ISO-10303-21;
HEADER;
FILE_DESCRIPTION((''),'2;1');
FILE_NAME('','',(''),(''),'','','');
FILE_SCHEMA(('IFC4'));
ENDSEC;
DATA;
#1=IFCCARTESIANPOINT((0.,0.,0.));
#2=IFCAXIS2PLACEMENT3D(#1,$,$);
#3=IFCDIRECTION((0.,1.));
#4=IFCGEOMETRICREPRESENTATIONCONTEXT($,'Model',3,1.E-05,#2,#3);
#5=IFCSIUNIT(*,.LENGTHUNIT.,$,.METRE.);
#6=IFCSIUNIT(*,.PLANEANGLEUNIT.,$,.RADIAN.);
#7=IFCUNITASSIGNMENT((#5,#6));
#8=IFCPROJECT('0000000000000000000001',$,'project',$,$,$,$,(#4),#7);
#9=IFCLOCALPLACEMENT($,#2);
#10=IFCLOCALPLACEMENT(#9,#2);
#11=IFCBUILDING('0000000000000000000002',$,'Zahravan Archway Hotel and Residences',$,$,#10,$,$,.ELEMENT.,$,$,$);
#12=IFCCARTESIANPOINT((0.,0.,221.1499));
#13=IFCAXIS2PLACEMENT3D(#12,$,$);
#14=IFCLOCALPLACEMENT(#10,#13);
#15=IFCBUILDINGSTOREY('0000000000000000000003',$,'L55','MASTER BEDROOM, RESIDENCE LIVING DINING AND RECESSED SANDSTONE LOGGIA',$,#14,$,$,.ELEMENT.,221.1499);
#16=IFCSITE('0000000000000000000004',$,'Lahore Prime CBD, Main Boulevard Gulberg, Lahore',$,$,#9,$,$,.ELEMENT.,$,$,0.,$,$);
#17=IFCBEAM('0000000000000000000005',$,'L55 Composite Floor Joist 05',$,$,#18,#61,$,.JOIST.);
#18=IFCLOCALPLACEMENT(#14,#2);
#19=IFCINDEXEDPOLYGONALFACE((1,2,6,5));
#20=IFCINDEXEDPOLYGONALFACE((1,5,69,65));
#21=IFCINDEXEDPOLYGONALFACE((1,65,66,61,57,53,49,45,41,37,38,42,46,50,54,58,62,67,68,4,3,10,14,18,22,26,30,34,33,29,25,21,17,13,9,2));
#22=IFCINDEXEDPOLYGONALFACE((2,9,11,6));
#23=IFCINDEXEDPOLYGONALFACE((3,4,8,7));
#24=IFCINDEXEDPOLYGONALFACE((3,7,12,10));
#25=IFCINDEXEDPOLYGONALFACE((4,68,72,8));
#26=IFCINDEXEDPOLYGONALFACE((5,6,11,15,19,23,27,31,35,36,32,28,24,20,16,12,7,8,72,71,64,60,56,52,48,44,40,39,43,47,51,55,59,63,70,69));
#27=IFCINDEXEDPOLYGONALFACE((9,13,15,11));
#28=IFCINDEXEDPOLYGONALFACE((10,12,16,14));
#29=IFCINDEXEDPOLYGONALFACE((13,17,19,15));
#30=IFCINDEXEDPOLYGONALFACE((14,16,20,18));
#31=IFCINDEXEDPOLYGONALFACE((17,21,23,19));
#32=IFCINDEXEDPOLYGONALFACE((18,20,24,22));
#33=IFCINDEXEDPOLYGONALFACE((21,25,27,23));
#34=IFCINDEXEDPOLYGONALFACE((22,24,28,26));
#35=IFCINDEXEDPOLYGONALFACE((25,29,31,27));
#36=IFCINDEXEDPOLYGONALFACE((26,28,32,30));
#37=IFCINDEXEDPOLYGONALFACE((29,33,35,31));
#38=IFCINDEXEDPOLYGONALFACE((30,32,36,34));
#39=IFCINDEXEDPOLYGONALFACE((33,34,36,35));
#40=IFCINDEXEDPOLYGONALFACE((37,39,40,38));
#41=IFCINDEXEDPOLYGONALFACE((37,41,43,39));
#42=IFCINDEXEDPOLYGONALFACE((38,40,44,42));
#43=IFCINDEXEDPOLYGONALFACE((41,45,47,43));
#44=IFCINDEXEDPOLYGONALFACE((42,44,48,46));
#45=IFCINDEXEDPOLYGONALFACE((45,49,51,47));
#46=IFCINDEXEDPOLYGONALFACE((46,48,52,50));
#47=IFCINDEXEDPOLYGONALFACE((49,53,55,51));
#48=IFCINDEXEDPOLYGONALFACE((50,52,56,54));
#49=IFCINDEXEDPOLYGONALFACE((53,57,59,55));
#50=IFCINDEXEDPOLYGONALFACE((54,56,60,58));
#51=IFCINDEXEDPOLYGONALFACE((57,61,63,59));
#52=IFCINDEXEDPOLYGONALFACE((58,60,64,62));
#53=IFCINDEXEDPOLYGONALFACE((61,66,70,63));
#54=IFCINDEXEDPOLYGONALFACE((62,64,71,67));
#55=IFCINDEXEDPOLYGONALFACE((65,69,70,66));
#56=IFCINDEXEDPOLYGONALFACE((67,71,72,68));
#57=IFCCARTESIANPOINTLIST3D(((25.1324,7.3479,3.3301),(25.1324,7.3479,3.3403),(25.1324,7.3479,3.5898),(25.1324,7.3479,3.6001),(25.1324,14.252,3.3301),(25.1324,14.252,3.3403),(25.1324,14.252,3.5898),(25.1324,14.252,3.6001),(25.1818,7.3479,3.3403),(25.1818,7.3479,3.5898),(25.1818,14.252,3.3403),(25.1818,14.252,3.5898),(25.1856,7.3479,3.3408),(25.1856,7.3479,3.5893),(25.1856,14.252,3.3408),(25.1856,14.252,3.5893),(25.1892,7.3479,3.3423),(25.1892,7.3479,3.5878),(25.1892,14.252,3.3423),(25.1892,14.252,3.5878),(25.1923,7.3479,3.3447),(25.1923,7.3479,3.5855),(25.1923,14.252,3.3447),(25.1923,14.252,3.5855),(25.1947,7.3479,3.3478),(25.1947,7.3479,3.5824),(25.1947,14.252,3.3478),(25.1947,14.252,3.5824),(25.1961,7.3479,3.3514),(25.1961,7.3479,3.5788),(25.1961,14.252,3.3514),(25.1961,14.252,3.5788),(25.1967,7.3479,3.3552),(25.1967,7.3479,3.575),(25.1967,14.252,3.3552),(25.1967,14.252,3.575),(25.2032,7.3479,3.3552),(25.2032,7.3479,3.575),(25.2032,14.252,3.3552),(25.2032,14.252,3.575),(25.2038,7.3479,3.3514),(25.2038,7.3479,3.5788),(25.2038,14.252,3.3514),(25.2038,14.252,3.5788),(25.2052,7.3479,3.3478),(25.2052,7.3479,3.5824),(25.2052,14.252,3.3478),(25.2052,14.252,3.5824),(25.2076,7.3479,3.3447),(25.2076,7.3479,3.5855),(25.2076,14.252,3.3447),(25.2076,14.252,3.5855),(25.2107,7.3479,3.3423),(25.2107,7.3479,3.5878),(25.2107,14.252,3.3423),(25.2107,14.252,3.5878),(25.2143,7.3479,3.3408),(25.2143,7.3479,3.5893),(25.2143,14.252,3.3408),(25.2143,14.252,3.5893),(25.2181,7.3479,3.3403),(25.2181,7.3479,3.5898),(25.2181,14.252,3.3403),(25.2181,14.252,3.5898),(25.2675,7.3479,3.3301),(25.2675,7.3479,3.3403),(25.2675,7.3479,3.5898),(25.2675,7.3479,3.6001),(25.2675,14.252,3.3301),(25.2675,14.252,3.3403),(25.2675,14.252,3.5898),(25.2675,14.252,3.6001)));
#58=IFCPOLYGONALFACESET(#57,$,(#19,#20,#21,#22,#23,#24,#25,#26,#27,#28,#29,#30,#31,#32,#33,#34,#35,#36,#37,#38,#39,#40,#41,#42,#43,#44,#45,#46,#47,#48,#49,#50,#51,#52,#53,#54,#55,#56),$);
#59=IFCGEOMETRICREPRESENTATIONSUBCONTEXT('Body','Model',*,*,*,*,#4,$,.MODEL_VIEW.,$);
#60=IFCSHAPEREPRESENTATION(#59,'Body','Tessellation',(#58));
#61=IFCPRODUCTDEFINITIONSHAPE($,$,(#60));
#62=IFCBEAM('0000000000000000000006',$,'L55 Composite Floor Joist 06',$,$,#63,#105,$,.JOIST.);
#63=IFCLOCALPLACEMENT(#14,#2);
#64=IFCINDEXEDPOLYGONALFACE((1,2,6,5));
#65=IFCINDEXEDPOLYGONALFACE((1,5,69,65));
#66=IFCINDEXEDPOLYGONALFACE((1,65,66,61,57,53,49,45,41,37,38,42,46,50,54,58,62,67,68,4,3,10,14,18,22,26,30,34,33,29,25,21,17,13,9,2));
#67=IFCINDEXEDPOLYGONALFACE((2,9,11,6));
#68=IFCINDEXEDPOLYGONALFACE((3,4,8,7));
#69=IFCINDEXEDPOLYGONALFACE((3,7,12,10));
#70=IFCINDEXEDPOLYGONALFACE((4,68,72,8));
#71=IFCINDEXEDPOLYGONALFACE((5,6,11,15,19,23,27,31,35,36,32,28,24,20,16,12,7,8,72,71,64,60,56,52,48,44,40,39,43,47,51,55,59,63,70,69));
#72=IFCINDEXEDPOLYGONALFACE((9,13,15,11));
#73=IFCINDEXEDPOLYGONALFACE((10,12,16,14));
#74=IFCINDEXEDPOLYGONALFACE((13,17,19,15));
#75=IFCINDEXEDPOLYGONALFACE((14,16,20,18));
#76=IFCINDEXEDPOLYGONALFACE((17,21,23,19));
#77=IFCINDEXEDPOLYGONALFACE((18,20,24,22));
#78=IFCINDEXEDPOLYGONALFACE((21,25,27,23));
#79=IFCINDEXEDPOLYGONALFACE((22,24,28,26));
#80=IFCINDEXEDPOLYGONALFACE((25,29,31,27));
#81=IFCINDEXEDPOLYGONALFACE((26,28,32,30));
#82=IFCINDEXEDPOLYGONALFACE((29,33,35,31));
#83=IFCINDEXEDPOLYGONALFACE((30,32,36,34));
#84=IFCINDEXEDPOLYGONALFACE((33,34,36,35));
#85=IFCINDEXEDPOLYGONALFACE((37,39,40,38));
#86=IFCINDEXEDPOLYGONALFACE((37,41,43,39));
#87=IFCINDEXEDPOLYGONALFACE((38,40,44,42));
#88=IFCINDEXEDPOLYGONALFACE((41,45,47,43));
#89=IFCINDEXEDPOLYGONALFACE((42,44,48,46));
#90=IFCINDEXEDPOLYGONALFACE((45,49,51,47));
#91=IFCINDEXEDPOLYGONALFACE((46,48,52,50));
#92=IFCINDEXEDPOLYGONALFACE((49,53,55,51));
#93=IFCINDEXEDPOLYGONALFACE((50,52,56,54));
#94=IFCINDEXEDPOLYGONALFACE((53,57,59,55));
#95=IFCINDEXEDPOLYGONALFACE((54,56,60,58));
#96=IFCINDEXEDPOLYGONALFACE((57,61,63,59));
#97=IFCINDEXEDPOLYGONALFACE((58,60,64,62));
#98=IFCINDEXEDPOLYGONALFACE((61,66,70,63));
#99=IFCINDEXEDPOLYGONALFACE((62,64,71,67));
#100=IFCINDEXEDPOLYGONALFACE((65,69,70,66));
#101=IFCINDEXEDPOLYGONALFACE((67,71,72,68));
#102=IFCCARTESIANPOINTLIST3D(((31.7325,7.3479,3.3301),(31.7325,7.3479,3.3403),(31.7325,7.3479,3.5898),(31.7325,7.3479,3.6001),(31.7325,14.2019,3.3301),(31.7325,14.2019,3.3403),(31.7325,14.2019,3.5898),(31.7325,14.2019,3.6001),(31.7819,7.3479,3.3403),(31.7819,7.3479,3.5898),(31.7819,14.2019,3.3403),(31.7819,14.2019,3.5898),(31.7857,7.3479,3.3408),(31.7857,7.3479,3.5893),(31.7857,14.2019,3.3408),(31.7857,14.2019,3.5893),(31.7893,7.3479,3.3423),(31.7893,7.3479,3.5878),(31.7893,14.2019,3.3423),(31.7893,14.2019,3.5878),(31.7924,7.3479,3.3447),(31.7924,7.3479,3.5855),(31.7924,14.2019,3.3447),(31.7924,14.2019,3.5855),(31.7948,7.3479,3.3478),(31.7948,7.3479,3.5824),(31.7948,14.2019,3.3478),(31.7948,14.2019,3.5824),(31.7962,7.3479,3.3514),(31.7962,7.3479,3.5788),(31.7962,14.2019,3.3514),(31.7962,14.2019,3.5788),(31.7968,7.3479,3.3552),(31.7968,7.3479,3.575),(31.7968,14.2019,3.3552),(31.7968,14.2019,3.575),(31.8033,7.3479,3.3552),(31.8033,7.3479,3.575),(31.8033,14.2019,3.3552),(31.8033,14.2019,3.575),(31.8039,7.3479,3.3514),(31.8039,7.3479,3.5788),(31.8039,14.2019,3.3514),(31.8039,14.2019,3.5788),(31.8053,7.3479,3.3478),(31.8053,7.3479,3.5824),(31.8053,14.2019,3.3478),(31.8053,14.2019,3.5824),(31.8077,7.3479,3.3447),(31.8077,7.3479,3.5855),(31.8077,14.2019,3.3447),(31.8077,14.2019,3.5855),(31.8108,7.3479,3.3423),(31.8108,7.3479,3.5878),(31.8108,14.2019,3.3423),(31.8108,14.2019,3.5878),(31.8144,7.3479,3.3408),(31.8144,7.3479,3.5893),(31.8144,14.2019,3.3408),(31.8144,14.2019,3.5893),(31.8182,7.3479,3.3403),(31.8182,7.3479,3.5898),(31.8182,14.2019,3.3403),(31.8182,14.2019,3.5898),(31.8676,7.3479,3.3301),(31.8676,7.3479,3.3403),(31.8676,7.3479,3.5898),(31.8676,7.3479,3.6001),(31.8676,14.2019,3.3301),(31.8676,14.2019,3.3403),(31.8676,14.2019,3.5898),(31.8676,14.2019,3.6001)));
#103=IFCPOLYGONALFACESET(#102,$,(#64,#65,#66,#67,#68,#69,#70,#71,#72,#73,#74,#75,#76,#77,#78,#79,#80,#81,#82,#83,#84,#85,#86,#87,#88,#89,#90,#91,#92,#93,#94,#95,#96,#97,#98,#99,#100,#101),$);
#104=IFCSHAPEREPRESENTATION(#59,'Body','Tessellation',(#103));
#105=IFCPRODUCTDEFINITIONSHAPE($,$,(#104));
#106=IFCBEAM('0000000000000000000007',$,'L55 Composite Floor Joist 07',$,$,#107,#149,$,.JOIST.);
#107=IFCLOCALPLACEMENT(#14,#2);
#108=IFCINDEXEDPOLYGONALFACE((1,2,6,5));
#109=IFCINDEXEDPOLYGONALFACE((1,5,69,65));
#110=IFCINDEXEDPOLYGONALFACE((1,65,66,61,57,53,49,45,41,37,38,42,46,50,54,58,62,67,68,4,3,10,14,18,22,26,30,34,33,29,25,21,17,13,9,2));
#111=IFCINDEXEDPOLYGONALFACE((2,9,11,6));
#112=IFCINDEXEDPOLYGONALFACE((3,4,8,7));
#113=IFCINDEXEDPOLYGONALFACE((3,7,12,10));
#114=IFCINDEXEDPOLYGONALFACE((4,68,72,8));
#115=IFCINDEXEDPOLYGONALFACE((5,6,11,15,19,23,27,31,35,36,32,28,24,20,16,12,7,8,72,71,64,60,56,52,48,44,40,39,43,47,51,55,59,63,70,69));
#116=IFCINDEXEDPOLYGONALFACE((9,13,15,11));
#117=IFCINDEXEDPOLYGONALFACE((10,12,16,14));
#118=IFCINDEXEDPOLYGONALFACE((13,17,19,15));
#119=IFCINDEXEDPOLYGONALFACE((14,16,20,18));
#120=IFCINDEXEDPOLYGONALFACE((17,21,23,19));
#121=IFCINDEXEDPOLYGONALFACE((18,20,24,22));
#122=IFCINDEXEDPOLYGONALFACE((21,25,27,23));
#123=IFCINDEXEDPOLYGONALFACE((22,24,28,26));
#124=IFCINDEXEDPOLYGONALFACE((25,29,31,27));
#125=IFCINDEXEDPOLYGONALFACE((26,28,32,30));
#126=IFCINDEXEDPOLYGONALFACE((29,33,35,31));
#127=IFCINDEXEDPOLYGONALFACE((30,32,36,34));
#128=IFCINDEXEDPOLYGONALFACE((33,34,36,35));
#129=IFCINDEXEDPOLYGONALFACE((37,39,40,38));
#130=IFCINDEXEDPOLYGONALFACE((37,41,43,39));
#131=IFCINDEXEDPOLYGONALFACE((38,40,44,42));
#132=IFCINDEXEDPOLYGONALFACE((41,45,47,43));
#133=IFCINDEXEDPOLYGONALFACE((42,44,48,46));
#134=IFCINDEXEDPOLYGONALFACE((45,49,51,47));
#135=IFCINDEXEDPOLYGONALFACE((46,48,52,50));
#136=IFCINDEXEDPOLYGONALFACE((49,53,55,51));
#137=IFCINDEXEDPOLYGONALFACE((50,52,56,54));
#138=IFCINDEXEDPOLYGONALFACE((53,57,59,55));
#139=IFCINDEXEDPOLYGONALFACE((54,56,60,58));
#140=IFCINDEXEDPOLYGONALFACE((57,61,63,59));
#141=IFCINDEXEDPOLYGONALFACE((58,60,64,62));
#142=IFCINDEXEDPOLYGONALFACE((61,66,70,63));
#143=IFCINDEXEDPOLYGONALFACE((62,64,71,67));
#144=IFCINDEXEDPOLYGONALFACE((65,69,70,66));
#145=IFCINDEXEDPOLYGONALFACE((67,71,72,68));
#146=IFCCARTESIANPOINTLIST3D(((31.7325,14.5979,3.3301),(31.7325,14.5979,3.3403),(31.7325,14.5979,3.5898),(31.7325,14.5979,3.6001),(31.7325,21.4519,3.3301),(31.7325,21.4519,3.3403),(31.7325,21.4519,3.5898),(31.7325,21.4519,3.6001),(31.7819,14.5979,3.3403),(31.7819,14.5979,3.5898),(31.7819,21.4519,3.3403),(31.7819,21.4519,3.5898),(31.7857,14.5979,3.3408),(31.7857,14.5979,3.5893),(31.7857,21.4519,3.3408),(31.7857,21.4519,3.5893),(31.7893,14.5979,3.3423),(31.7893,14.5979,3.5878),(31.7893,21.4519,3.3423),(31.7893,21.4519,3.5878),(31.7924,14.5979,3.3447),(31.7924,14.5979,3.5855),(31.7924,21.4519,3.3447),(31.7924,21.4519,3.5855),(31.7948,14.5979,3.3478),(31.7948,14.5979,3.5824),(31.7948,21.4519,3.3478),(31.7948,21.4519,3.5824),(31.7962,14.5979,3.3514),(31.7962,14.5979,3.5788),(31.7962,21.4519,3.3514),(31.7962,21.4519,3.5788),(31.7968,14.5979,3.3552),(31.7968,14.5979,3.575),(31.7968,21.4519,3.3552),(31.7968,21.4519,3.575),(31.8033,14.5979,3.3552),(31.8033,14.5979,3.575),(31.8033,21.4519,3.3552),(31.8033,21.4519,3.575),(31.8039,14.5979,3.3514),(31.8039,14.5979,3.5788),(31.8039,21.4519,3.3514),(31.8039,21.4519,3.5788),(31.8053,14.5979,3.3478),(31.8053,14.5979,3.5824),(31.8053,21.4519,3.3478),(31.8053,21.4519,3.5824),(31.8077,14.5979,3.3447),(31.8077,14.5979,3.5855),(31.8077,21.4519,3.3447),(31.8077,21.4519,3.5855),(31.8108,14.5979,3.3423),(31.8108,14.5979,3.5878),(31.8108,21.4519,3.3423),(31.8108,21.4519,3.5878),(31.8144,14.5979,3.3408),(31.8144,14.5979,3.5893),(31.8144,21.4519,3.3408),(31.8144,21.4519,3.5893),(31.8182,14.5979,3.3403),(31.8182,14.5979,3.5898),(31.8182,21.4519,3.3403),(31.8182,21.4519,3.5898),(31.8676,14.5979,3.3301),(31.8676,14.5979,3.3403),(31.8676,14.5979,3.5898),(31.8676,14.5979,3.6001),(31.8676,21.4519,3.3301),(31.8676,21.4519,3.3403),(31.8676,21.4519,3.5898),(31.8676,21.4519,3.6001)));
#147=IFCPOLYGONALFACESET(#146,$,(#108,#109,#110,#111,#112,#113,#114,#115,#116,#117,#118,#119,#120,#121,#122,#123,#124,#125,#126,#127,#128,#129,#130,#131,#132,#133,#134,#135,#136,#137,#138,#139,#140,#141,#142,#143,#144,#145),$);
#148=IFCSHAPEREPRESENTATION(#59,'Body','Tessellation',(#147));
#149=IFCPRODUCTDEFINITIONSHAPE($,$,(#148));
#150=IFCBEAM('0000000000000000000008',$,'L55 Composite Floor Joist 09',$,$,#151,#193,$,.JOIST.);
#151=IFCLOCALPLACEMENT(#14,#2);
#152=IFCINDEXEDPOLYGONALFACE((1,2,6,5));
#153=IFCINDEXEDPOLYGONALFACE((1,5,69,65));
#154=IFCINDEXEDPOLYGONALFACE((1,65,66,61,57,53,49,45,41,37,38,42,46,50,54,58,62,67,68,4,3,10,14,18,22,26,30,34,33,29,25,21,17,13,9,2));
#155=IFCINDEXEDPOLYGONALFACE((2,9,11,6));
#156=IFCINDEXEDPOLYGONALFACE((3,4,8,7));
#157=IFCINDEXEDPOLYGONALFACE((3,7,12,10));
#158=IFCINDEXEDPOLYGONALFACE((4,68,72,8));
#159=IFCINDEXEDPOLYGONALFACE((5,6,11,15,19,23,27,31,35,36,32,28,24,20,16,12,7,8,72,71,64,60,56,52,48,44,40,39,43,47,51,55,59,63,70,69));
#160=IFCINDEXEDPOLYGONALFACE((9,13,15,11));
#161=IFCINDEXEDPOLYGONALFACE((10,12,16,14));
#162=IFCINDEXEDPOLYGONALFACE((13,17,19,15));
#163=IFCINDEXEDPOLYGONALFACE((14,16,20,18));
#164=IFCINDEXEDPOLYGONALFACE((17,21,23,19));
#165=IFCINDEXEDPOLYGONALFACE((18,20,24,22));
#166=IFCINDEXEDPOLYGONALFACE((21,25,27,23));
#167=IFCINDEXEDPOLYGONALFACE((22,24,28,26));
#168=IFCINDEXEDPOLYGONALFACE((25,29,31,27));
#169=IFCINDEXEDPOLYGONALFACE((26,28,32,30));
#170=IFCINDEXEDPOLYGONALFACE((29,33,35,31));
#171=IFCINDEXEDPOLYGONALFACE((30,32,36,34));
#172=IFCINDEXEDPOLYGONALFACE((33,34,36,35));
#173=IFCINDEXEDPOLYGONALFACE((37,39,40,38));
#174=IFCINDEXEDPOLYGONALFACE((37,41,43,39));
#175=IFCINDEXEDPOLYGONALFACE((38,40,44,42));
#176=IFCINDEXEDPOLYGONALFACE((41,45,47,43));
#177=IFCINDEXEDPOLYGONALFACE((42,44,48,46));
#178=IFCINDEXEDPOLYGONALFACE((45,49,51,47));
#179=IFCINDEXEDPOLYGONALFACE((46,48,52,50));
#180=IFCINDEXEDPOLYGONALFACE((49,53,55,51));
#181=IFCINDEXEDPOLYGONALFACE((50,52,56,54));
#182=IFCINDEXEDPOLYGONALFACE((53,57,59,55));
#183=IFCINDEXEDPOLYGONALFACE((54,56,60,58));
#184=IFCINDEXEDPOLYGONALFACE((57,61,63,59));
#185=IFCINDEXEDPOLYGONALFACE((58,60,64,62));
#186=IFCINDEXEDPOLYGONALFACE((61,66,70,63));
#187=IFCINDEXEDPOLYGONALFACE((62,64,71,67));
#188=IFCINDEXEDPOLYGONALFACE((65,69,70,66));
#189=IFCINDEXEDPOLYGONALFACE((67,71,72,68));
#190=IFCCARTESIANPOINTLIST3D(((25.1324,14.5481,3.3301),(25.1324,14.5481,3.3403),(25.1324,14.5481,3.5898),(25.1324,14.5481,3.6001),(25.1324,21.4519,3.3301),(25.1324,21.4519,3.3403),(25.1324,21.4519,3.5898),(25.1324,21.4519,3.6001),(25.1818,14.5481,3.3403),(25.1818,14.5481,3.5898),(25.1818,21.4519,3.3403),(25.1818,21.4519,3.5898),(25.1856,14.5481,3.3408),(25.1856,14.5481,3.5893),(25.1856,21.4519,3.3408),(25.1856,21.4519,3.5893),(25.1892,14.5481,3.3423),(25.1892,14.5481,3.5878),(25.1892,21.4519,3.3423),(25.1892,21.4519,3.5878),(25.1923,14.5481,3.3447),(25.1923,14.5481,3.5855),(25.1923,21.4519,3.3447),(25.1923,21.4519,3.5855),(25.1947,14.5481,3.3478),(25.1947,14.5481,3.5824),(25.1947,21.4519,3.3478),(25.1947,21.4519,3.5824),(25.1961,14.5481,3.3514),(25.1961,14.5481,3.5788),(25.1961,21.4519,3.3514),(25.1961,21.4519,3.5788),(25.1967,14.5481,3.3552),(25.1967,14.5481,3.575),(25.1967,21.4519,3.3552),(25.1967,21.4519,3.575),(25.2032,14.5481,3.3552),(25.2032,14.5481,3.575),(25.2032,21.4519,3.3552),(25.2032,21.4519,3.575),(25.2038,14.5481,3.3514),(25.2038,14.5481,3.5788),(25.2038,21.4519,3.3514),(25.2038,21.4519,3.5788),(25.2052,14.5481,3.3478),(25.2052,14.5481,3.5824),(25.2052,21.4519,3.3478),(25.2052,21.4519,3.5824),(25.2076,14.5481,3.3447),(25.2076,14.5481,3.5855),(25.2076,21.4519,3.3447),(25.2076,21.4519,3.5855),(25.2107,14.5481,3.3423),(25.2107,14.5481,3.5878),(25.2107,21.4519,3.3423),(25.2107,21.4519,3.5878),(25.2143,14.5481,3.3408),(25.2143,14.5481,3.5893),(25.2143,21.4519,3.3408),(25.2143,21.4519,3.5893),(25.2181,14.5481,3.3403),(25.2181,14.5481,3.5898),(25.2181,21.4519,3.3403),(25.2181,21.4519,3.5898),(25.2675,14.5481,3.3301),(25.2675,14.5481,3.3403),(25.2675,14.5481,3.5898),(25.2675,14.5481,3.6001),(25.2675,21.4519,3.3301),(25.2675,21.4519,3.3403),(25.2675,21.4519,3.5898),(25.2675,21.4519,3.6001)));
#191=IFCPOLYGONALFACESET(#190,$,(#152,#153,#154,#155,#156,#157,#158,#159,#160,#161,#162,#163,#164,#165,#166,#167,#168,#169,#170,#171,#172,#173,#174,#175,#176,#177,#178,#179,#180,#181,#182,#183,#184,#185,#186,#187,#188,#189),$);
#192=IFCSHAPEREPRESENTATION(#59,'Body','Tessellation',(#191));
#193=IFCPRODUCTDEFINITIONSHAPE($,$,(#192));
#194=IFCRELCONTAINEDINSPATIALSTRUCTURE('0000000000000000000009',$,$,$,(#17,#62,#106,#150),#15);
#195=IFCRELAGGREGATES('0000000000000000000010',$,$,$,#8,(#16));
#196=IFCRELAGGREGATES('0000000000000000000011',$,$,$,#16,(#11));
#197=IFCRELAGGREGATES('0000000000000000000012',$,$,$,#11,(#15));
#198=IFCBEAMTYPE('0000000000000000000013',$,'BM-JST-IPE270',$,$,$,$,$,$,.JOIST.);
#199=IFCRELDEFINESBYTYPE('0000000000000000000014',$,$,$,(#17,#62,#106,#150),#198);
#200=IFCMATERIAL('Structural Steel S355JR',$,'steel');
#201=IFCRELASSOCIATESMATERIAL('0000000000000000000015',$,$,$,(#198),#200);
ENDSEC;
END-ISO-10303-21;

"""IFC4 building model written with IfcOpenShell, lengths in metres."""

from ifc_helpers import new_model, si_unit, direction, frame, origin, origin_2d, place, context, subcontext, project, spatial, i_section, extrude, source, transform, mapped, material, material_profile, profile_set, type_object, type_shapes, element, save


model = new_model("IFC4")

# Units and contexts
model_context = context("Model", 3, precision=1e-05, world=origin(), true_north=direction((0.0, 1.0)))
body_context = subcontext(model_context, "Body", "Model", "MODEL_VIEW")
ifc_project = project(units=[si_unit("LENGTHUNIT", "METRE"), si_unit("PLANEANGLEUNIT", "RADIAN")], contexts=[model_context])

# Site, building, storey
site_placement = place(None, origin())
site = spatial("IfcSite", under=ifc_project, at=site_placement, Name="Lahore Prime CBD, Main Boulevard Gulberg, Lahore", CompositionType="ELEMENT", RefElevation=0.0)
building_placement = place(site_placement, origin())
building = spatial("IfcBuilding", under=site, at=building_placement, Name="Zahravan Archway Hotel and Residences", CompositionType="ELEMENT")
storey_placement = place(building_placement, frame((0.0, 0.0, 221.1499)))
storey = spatial("IfcBuildingStorey", under=building, at=storey_placement, Name="L55", Description="MASTER BEDROOM, RESIDENCE LIVING DINING AND RECESSED SANDSTONE LOGGIA", CompositionType="ELEMENT", Elevation=221.1499)

# Beams
ifc_material_1 = material(Name="Structural Steel S355JR", Category="steel")
ifc_material_profile_1 = material_profile(ifc_material_1, i_section(OverallWidth=0.135, OverallDepth=0.27, WebThickness=0.0066, FlangeThickness=0.0103, FilletRadius=0.0149, at=origin_2d()), Name="IPE 270", Category="steel")
ifc_profile_set_1 = profile_set([ifc_material_profile_1], Name="Structural Steel S355JR")
beam_type_1 = type_object("IfcBeamType", Name="BM-JST-IPE270", PredefinedType="JOIST", material=ifc_profile_set_1)
shared_shape_1 = source(origin(), body_context, "Body", "SweptSolid", [
    extrude(i_section(OverallWidth=0.135, OverallDepth=0.27, WebThickness=0.0066, FlangeThickness=0.0103, FilletRadius=0.0149, at=origin_2d()), origin(), (0.0, 0.0, 1.0), 6.9041),
])
type_shapes(beam_type_1, [shared_shape_1])
beam_1_placement = place(storey_placement, frame((25.2, 7.3479, 3.4651), z_axis=(0.0, 1.0, 0.0), x_axis=(-1.0, 0.0, 0.0)))
element("IfcBeam", 1, at=beam_1_placement, inside=storey, type_object=beam_type_1, Name="L55 Composite Floor Joist 05", PredefinedType="JOIST", context=body_context, shape_type="MappedRepresentation", body=[
    mapped(shared_shape_1, transform((0.0, 0.0, 0.0), scale=1.0)),
])
shared_shape_2 = source(origin(), body_context, "Body", "SweptSolid", [
    extrude(i_section(OverallWidth=0.135, OverallDepth=0.27, WebThickness=0.0066, FlangeThickness=0.0103, FilletRadius=0.0149, at=origin_2d()), origin(), (0.0, 0.0, 1.0), 6.854),
])
for number, where, z_axis, x_axis, name in (
    (2, (31.8, 7.3479, 3.4651), (0.0, 1.0, 0.0), (-1.0, 0.0, 0.0), "L55 Composite Floor Joist 06"),
    (3, (31.8, 14.5979, 3.4651), (0.0, 1.0, 0.0), (-1.0, 0.0, 0.0), "L55 Composite Floor Joist 07"),
):
    element("IfcBeam", number, at=place(storey_placement, frame(where, z_axis=z_axis, x_axis=x_axis)), inside=storey, type_object=beam_type_1, Name=name, PredefinedType="JOIST", context=body_context, shape_type="MappedRepresentation", body=[
        mapped(shared_shape_2, transform((0.0, 0.0, 0.0), scale=1.0)),
    ])
shared_shape_3 = source(origin(), body_context, "Body", "SweptSolid", [
    extrude(i_section(OverallWidth=0.135, OverallDepth=0.27, WebThickness=0.0066, FlangeThickness=0.0103, FilletRadius=0.0149, at=origin_2d()), origin(), (0.0, 0.0, 1.0), 6.9038),
])
beam_2_placement = place(storey_placement, frame((25.2, 14.5481, 3.4651), z_axis=(0.0, 1.0, 0.0), x_axis=(-1.0, 0.0, 0.0)))
element("IfcBeam", 4, at=beam_2_placement, inside=storey, type_object=beam_type_1, Name="L55 Composite Floor Joist 09", PredefinedType="JOIST", context=body_context, shape_type="MappedRepresentation", body=[
    mapped(shared_shape_3, transform((0.0, 0.0, 0.0), scale=1.0)),
])

save(model, "model.ifc")
